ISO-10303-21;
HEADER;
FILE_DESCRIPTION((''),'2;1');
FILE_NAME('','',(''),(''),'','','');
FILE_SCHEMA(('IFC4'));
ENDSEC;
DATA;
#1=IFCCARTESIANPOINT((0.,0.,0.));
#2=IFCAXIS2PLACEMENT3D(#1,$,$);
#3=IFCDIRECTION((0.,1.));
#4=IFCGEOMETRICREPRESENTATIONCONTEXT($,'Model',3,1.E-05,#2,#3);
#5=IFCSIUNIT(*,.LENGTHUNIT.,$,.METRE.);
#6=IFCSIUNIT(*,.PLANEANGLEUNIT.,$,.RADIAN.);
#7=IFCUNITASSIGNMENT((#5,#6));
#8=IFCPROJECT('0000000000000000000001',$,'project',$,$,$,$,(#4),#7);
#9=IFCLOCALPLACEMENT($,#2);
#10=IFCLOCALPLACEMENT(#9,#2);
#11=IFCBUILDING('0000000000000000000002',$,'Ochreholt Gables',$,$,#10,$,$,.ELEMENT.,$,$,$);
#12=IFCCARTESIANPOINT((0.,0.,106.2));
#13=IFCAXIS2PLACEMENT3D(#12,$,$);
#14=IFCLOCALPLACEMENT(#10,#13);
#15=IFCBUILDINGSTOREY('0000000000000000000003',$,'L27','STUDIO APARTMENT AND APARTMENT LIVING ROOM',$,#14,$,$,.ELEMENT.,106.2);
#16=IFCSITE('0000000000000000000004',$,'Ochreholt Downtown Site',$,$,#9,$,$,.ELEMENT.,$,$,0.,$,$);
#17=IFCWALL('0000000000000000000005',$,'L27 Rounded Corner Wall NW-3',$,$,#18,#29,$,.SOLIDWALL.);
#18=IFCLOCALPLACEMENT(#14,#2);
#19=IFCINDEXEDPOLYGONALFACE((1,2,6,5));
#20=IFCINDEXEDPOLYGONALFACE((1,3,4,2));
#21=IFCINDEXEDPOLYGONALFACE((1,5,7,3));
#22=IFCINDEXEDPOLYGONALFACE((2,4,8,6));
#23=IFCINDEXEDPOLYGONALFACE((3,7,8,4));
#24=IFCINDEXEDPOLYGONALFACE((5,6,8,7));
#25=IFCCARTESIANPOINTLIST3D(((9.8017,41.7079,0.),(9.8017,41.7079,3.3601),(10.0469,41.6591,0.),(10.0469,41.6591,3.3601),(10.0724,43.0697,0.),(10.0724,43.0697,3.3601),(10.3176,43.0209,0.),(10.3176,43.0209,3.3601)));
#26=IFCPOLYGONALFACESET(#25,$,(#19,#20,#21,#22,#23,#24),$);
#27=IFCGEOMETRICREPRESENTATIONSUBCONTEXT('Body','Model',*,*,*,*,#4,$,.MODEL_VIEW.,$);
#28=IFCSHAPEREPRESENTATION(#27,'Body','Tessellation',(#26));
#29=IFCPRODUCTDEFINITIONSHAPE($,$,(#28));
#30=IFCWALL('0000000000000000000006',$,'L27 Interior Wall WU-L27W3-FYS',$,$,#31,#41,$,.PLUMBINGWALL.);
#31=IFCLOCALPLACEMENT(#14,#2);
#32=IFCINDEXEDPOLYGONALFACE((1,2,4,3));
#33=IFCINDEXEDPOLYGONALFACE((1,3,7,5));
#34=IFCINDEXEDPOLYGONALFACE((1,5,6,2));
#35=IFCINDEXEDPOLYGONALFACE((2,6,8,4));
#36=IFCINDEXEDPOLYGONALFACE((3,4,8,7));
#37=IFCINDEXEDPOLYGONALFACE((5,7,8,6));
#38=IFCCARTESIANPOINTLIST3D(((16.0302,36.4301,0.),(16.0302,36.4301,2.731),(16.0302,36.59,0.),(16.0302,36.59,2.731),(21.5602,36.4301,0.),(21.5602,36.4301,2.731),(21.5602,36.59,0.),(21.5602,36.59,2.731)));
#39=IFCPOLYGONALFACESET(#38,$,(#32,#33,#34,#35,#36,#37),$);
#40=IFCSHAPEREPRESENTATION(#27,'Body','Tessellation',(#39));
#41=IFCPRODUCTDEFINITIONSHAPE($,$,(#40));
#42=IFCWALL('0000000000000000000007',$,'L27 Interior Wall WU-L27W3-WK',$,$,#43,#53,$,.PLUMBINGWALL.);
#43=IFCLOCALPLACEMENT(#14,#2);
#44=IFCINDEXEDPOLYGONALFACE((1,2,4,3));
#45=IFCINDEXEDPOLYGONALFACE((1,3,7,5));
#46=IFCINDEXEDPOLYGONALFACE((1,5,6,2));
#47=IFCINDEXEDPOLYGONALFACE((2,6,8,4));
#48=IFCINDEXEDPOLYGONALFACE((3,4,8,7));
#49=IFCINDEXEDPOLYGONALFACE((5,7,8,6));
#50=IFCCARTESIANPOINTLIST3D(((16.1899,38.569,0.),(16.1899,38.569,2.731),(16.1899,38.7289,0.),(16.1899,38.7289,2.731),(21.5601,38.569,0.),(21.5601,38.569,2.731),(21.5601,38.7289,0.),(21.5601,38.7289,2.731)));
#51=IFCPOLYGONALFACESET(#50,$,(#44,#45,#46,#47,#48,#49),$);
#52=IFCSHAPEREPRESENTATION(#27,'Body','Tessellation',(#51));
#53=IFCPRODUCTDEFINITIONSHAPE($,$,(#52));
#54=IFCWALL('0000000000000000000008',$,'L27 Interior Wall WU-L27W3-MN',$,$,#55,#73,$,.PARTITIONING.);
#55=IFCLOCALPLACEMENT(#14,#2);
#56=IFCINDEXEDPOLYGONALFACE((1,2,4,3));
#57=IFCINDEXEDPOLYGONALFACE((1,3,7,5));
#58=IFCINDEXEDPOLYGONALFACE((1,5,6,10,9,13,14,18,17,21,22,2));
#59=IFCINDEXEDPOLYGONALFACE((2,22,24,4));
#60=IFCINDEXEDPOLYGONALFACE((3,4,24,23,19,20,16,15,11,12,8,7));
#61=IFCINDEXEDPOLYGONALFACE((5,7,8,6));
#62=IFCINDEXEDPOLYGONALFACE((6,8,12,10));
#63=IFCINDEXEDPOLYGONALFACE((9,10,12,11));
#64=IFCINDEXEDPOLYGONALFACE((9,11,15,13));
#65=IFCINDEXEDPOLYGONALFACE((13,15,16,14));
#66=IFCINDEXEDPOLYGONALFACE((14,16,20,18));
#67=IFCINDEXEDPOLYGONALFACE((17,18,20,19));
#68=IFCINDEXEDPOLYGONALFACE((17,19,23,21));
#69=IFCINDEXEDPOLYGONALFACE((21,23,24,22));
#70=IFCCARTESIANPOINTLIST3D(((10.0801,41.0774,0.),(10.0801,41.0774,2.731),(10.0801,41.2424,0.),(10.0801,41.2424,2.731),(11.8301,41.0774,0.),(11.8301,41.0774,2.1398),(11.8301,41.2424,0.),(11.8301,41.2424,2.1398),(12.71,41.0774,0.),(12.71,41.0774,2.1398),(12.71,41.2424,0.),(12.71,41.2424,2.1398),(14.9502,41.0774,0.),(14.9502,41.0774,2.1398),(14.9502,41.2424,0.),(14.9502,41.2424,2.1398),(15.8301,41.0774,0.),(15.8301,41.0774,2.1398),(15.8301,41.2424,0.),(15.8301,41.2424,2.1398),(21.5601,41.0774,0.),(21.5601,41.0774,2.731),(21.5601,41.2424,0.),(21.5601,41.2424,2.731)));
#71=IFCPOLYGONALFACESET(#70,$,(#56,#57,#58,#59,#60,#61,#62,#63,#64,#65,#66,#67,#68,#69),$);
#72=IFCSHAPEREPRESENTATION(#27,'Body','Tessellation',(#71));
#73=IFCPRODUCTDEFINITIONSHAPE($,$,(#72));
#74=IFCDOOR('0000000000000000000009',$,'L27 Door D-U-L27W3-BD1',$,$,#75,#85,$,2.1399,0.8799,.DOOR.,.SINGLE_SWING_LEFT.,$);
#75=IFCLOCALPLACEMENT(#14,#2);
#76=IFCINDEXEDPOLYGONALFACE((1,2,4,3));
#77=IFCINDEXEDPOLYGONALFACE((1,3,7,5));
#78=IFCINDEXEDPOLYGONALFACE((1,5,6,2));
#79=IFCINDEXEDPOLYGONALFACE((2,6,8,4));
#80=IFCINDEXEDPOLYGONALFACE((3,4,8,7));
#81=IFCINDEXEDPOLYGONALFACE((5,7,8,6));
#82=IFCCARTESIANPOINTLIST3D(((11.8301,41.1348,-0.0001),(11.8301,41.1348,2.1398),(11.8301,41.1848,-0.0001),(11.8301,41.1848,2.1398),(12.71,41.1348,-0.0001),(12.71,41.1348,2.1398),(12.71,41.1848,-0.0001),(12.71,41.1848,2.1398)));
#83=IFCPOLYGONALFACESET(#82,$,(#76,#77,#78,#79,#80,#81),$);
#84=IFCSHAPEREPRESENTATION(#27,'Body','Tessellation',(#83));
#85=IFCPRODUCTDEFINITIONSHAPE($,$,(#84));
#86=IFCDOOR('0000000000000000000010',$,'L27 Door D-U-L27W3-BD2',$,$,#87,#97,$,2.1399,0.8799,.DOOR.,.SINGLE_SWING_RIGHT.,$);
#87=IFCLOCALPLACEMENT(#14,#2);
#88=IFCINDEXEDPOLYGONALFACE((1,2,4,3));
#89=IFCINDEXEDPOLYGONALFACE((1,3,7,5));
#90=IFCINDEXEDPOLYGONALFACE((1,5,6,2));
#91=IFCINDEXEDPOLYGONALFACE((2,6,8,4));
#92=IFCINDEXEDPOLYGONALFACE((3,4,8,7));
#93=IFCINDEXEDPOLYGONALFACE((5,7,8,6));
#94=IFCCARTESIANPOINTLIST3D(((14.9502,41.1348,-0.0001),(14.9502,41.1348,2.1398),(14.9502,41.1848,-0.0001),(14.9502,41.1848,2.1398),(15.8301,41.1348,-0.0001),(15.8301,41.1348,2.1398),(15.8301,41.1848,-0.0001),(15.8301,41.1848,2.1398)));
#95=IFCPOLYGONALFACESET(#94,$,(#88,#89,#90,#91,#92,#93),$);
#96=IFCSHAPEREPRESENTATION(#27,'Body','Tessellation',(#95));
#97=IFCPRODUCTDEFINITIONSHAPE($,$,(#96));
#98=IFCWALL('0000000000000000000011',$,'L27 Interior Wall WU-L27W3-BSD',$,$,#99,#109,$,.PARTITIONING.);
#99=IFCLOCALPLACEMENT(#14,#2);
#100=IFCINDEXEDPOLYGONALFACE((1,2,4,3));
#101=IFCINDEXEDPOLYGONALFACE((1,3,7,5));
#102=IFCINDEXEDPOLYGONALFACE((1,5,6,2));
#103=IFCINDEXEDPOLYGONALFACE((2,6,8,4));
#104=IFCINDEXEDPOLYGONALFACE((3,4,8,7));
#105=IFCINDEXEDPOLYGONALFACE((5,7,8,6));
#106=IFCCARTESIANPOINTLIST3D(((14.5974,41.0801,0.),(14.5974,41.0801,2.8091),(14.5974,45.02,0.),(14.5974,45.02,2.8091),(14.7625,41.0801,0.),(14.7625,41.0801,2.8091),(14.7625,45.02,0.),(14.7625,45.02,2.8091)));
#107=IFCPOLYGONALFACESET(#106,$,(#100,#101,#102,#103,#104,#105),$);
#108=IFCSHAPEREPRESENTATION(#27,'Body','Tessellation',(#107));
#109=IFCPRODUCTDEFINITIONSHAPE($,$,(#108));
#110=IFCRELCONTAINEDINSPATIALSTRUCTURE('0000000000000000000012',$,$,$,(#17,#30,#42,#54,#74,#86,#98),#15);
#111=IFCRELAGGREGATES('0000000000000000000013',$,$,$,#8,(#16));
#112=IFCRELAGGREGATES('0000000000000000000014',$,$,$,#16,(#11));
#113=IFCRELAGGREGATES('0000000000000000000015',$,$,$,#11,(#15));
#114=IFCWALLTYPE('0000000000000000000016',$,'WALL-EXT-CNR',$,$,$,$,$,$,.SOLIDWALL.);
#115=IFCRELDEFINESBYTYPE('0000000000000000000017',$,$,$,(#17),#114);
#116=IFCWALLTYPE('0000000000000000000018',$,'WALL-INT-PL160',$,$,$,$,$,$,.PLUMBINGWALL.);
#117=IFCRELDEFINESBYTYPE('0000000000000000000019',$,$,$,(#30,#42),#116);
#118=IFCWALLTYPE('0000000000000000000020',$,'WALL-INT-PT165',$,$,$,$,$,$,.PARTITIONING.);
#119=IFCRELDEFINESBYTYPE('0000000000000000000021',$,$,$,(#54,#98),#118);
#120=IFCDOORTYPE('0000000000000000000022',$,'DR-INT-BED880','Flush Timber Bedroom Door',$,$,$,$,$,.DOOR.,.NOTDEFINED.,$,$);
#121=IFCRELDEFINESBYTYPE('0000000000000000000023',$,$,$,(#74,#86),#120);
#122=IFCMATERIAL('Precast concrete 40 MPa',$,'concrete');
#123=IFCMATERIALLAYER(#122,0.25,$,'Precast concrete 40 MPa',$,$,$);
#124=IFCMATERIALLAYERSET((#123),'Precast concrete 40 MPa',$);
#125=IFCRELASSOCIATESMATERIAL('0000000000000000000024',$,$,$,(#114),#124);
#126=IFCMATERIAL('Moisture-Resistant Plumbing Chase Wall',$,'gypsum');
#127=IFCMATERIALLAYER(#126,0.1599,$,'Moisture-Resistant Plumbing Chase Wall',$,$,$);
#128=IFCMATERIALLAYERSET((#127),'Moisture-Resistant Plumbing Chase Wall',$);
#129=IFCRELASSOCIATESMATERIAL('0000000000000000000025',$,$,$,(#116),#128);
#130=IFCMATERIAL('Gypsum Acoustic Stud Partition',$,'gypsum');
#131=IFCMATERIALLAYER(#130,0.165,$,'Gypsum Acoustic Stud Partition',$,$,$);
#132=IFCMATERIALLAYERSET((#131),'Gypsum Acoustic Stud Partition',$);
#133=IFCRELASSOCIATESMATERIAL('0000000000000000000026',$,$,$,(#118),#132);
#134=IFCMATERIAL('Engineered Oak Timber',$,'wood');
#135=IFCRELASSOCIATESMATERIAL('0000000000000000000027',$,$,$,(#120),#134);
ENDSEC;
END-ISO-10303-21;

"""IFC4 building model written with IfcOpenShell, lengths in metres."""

from ifc_helpers import new_model, si_unit, direction, frame, frame_2d, origin, place, context, subcontext, project, spatial, rectangle, extrude, material, layer, layer_set, type_object, element, fill, save


model = new_model("IFC4")

# Units and contexts
model_context = context("Model", 3, precision=1e-05, world=origin(), true_north=direction((0.0, 1.0)))
body_context = subcontext(model_context, "Body", "Model", "MODEL_VIEW")
ifc_project = project(units=[si_unit("LENGTHUNIT", "METRE"), si_unit("PLANEANGLEUNIT", "RADIAN")], contexts=[model_context])

# Site, building, storey
site_placement = place(None, origin())
site = spatial("IfcSite", under=ifc_project, at=site_placement, Name="Ochreholt Downtown Site", CompositionType="ELEMENT", RefElevation=0.0)
building_placement = place(site_placement, origin())
building = spatial("IfcBuilding", under=site, at=building_placement, Name="Ochreholt Gables", CompositionType="ELEMENT")
storey_placement = place(building_placement, frame((0.0, 0.0, 106.2)))
storey = spatial("IfcBuildingStorey", under=building, at=storey_placement, Name="L27", Description="STUDIO APARTMENT AND APARTMENT LIVING ROOM", CompositionType="ELEMENT", Elevation=106.2)

# Shared definitions
ifc_material_1 = material(Name="Precast concrete 40 MPa", Category="concrete")

# Shared definitions
ifc_layer_1 = layer(ifc_material_1, 0.25, Name="Precast concrete 40 MPa")
ifc_layer_set_1 = layer_set([ifc_layer_1], Name="Precast concrete 40 MPa")
wall_type_1 = type_object("IfcWallType", Name="WALL-EXT-CNR", PredefinedType="SOLIDWALL", material=ifc_layer_set_1)

# Walls
wall_1_placement = place(storey_placement, frame((10.1951, 43.0454, 0.0), z_axis=(0.0, 0.0, 1.0), x_axis=(-0.195, -0.980803, 0.0)))
element("IfcWall", 1, at=wall_1_placement, inside=storey, type_object=wall_type_1, Name="L27 Rounded Corner Wall NW-3", PredefinedType="SOLIDWALL", context=body_context, shape_type="SweptSolid", body=[
    extrude(rectangle(XDim=1.3884, YDim=0.25, at=frame_2d((0.6943, 0.0))), origin(), (0.0, 0.0, 1.0), 3.3601),
])
ifc_material_2 = material(Name="Moisture-Resistant Plumbing Chase Wall", Category="gypsum")
ifc_layer_2 = layer(ifc_material_2, 0.1599, Name="Moisture-Resistant Plumbing Chase Wall")
ifc_layer_set_2 = layer_set([ifc_layer_2], Name="Moisture-Resistant Plumbing Chase Wall")
wall_type_2 = type_object("IfcWallType", Name="WALL-INT-PL160", PredefinedType="PLUMBINGWALL", material=ifc_layer_set_2)
wall_2_placement = place(storey_placement, frame((16.03, 36.51, 0.0), z_axis=(0.0, 0.0, 1.0), x_axis=(1.0, 0.0, 0.0)))
element("IfcWall", 2, at=wall_2_placement, inside=storey, type_object=wall_type_2, Name="L27 Interior Wall WU-L27W3-FYS", PredefinedType="PLUMBINGWALL", context=body_context, shape_type="SweptSolid", body=[
    extrude(rectangle(XDim=5.53, YDim=0.1599, at=frame_2d((2.7651, 0.0))), origin(), (0.0, 0.0, 1.0), 2.731),
])

# Shared definitions
ifc_material_3 = material(Name="Engineered Oak Timber", Category="wood")

# Wall
wall_3_placement = place(storey_placement, frame((16.1899, 38.6489, 0.0), z_axis=(0.0, 0.0, 1.0), x_axis=(1.0, 0.0, 0.0)))
element("IfcWall", 3, at=wall_3_placement, inside=storey, type_object=wall_type_2, Name="L27 Interior Wall WU-L27W3-WK", PredefinedType="PLUMBINGWALL", context=body_context, shape_type="SweptSolid", body=[
    extrude(rectangle(XDim=5.3701, YDim=0.1599, at=frame_2d((2.6851, 0.0))), origin(), (0.0, 0.0, 1.0), 2.731),
])

# Wall, openings, doors
ifc_material_4 = material(Name="Gypsum Acoustic Stud Partition", Category="gypsum")
ifc_layer_3 = layer(ifc_material_4, 0.165, Name="Gypsum Acoustic Stud Partition")
ifc_layer_set_3 = layer_set([ifc_layer_3], Name="Gypsum Acoustic Stud Partition")
wall_type_3 = type_object("IfcWallType", Name="WALL-INT-PT165", PredefinedType="PARTITIONING", material=ifc_layer_set_3)
wall_4_placement = place(storey_placement, frame((10.0801, 41.1599, 0.0), z_axis=(0.0, 0.0, 1.0), x_axis=(1.0, 0.0, 0.0)))
wall_4 = element("IfcWall", 4, at=wall_4_placement, inside=storey, type_object=wall_type_3, Name="L27 Interior Wall WU-L27W3-MN", PredefinedType="PARTITIONING", context=body_context, shape_type="SweptSolid", body=[
    extrude(rectangle(XDim=11.48, YDim=0.165, at=frame_2d((5.74, 0.0))), origin(), (0.0, 0.0, 1.0), 2.731),
])
opening_1_placement = place(wall_4_placement, frame((1.75, 0.0, 0.0)))
opening_1 = element("IfcOpeningElement", 5, at=opening_1_placement, cuts=wall_4, PredefinedType="OPENING", context=body_context, shape_type="SweptSolid", body=[
    extrude(rectangle(XDim=0.8799, YDim=2.1399, at=frame_2d((0.4399, 1.0698))), frame((0.0, 0.0925, 0.0), z_axis=(0.0, -1.0, 0.0), x_axis=(1.0, 0.0, 0.0)), (0.0, 0.0, 1.0), 0.1851),
])
opening_2_placement = place(wall_4_placement, frame((4.8701, 0.0, 0.0)))
opening_2 = element("IfcOpeningElement", 6, at=opening_2_placement, cuts=wall_4, PredefinedType="OPENING", context=body_context, shape_type="SweptSolid", body=[
    extrude(rectangle(XDim=0.8799, YDim=2.1399, at=frame_2d((0.4399, 1.0698))), frame((0.0, 0.0925, 0.0), z_axis=(0.0, -1.0, 0.0), x_axis=(1.0, 0.0, 0.0)), (0.0, 0.0, 1.0), 0.1851),
])
door_type_1 = type_object("IfcDoorType", Name="DR-INT-BED880", Description="Flush Timber Bedroom Door", OperationType="NOTDEFINED", PredefinedType="DOOR", material=ifc_material_3)
door_1_placement = place(opening_1_placement, origin())
door_1 = element("IfcDoor", 7, at=door_1_placement, inside=storey, type_object=door_type_1, Name="L27 Door D-U-L27W3-BD1", OperationType="SINGLE_SWING_LEFT", OverallHeight=2.1399, OverallWidth=0.8799, PredefinedType="DOOR", context=body_context, shape_type="SweptSolid", body=[
    extrude(rectangle(XDim=0.8799, YDim=2.1399, at=frame_2d((0.4399, 1.0698))), frame((0.0, 0.0249, 0.0), z_axis=(0.0, -1.0, 0.0), x_axis=(1.0, 0.0, 0.0)), (0.0, 0.0, 1.0), 0.05),
])
fill(opening_1, door_1)
door_2_placement = place(opening_2_placement, origin())
door_2 = element("IfcDoor", 8, at=door_2_placement, inside=storey, type_object=door_type_1, Name="L27 Door D-U-L27W3-BD2", OperationType="SINGLE_SWING_RIGHT", OverallHeight=2.1399, OverallWidth=0.8799, PredefinedType="DOOR", context=body_context, shape_type="SweptSolid", body=[
    extrude(rectangle(XDim=0.8799, YDim=2.1399, at=frame_2d((0.4399, 1.0698))), frame((0.0, 0.0249, 0.0), z_axis=(0.0, -1.0, 0.0), x_axis=(1.0, 0.0, 0.0)), (0.0, 0.0, 1.0), 0.05),
])
fill(opening_2, door_2)

# Wall
wall_5_placement = place(storey_placement, frame((14.6799, 41.0801, 0.0), z_axis=(0.0, 0.0, 1.0), x_axis=(0.0, 1.0, 0.0)))
element("IfcWall", 9, at=wall_5_placement, inside=storey, type_object=wall_type_3, Name="L27 Interior Wall WU-L27W3-BSD", PredefinedType="PARTITIONING", context=body_context, shape_type="SweptSolid", body=[
    extrude(rectangle(XDim=3.9399, YDim=0.165, at=frame_2d((1.97, 0.0))), origin(), (0.0, 0.0, 1.0), 2.8091),
])

save(model, "model.ifc")
